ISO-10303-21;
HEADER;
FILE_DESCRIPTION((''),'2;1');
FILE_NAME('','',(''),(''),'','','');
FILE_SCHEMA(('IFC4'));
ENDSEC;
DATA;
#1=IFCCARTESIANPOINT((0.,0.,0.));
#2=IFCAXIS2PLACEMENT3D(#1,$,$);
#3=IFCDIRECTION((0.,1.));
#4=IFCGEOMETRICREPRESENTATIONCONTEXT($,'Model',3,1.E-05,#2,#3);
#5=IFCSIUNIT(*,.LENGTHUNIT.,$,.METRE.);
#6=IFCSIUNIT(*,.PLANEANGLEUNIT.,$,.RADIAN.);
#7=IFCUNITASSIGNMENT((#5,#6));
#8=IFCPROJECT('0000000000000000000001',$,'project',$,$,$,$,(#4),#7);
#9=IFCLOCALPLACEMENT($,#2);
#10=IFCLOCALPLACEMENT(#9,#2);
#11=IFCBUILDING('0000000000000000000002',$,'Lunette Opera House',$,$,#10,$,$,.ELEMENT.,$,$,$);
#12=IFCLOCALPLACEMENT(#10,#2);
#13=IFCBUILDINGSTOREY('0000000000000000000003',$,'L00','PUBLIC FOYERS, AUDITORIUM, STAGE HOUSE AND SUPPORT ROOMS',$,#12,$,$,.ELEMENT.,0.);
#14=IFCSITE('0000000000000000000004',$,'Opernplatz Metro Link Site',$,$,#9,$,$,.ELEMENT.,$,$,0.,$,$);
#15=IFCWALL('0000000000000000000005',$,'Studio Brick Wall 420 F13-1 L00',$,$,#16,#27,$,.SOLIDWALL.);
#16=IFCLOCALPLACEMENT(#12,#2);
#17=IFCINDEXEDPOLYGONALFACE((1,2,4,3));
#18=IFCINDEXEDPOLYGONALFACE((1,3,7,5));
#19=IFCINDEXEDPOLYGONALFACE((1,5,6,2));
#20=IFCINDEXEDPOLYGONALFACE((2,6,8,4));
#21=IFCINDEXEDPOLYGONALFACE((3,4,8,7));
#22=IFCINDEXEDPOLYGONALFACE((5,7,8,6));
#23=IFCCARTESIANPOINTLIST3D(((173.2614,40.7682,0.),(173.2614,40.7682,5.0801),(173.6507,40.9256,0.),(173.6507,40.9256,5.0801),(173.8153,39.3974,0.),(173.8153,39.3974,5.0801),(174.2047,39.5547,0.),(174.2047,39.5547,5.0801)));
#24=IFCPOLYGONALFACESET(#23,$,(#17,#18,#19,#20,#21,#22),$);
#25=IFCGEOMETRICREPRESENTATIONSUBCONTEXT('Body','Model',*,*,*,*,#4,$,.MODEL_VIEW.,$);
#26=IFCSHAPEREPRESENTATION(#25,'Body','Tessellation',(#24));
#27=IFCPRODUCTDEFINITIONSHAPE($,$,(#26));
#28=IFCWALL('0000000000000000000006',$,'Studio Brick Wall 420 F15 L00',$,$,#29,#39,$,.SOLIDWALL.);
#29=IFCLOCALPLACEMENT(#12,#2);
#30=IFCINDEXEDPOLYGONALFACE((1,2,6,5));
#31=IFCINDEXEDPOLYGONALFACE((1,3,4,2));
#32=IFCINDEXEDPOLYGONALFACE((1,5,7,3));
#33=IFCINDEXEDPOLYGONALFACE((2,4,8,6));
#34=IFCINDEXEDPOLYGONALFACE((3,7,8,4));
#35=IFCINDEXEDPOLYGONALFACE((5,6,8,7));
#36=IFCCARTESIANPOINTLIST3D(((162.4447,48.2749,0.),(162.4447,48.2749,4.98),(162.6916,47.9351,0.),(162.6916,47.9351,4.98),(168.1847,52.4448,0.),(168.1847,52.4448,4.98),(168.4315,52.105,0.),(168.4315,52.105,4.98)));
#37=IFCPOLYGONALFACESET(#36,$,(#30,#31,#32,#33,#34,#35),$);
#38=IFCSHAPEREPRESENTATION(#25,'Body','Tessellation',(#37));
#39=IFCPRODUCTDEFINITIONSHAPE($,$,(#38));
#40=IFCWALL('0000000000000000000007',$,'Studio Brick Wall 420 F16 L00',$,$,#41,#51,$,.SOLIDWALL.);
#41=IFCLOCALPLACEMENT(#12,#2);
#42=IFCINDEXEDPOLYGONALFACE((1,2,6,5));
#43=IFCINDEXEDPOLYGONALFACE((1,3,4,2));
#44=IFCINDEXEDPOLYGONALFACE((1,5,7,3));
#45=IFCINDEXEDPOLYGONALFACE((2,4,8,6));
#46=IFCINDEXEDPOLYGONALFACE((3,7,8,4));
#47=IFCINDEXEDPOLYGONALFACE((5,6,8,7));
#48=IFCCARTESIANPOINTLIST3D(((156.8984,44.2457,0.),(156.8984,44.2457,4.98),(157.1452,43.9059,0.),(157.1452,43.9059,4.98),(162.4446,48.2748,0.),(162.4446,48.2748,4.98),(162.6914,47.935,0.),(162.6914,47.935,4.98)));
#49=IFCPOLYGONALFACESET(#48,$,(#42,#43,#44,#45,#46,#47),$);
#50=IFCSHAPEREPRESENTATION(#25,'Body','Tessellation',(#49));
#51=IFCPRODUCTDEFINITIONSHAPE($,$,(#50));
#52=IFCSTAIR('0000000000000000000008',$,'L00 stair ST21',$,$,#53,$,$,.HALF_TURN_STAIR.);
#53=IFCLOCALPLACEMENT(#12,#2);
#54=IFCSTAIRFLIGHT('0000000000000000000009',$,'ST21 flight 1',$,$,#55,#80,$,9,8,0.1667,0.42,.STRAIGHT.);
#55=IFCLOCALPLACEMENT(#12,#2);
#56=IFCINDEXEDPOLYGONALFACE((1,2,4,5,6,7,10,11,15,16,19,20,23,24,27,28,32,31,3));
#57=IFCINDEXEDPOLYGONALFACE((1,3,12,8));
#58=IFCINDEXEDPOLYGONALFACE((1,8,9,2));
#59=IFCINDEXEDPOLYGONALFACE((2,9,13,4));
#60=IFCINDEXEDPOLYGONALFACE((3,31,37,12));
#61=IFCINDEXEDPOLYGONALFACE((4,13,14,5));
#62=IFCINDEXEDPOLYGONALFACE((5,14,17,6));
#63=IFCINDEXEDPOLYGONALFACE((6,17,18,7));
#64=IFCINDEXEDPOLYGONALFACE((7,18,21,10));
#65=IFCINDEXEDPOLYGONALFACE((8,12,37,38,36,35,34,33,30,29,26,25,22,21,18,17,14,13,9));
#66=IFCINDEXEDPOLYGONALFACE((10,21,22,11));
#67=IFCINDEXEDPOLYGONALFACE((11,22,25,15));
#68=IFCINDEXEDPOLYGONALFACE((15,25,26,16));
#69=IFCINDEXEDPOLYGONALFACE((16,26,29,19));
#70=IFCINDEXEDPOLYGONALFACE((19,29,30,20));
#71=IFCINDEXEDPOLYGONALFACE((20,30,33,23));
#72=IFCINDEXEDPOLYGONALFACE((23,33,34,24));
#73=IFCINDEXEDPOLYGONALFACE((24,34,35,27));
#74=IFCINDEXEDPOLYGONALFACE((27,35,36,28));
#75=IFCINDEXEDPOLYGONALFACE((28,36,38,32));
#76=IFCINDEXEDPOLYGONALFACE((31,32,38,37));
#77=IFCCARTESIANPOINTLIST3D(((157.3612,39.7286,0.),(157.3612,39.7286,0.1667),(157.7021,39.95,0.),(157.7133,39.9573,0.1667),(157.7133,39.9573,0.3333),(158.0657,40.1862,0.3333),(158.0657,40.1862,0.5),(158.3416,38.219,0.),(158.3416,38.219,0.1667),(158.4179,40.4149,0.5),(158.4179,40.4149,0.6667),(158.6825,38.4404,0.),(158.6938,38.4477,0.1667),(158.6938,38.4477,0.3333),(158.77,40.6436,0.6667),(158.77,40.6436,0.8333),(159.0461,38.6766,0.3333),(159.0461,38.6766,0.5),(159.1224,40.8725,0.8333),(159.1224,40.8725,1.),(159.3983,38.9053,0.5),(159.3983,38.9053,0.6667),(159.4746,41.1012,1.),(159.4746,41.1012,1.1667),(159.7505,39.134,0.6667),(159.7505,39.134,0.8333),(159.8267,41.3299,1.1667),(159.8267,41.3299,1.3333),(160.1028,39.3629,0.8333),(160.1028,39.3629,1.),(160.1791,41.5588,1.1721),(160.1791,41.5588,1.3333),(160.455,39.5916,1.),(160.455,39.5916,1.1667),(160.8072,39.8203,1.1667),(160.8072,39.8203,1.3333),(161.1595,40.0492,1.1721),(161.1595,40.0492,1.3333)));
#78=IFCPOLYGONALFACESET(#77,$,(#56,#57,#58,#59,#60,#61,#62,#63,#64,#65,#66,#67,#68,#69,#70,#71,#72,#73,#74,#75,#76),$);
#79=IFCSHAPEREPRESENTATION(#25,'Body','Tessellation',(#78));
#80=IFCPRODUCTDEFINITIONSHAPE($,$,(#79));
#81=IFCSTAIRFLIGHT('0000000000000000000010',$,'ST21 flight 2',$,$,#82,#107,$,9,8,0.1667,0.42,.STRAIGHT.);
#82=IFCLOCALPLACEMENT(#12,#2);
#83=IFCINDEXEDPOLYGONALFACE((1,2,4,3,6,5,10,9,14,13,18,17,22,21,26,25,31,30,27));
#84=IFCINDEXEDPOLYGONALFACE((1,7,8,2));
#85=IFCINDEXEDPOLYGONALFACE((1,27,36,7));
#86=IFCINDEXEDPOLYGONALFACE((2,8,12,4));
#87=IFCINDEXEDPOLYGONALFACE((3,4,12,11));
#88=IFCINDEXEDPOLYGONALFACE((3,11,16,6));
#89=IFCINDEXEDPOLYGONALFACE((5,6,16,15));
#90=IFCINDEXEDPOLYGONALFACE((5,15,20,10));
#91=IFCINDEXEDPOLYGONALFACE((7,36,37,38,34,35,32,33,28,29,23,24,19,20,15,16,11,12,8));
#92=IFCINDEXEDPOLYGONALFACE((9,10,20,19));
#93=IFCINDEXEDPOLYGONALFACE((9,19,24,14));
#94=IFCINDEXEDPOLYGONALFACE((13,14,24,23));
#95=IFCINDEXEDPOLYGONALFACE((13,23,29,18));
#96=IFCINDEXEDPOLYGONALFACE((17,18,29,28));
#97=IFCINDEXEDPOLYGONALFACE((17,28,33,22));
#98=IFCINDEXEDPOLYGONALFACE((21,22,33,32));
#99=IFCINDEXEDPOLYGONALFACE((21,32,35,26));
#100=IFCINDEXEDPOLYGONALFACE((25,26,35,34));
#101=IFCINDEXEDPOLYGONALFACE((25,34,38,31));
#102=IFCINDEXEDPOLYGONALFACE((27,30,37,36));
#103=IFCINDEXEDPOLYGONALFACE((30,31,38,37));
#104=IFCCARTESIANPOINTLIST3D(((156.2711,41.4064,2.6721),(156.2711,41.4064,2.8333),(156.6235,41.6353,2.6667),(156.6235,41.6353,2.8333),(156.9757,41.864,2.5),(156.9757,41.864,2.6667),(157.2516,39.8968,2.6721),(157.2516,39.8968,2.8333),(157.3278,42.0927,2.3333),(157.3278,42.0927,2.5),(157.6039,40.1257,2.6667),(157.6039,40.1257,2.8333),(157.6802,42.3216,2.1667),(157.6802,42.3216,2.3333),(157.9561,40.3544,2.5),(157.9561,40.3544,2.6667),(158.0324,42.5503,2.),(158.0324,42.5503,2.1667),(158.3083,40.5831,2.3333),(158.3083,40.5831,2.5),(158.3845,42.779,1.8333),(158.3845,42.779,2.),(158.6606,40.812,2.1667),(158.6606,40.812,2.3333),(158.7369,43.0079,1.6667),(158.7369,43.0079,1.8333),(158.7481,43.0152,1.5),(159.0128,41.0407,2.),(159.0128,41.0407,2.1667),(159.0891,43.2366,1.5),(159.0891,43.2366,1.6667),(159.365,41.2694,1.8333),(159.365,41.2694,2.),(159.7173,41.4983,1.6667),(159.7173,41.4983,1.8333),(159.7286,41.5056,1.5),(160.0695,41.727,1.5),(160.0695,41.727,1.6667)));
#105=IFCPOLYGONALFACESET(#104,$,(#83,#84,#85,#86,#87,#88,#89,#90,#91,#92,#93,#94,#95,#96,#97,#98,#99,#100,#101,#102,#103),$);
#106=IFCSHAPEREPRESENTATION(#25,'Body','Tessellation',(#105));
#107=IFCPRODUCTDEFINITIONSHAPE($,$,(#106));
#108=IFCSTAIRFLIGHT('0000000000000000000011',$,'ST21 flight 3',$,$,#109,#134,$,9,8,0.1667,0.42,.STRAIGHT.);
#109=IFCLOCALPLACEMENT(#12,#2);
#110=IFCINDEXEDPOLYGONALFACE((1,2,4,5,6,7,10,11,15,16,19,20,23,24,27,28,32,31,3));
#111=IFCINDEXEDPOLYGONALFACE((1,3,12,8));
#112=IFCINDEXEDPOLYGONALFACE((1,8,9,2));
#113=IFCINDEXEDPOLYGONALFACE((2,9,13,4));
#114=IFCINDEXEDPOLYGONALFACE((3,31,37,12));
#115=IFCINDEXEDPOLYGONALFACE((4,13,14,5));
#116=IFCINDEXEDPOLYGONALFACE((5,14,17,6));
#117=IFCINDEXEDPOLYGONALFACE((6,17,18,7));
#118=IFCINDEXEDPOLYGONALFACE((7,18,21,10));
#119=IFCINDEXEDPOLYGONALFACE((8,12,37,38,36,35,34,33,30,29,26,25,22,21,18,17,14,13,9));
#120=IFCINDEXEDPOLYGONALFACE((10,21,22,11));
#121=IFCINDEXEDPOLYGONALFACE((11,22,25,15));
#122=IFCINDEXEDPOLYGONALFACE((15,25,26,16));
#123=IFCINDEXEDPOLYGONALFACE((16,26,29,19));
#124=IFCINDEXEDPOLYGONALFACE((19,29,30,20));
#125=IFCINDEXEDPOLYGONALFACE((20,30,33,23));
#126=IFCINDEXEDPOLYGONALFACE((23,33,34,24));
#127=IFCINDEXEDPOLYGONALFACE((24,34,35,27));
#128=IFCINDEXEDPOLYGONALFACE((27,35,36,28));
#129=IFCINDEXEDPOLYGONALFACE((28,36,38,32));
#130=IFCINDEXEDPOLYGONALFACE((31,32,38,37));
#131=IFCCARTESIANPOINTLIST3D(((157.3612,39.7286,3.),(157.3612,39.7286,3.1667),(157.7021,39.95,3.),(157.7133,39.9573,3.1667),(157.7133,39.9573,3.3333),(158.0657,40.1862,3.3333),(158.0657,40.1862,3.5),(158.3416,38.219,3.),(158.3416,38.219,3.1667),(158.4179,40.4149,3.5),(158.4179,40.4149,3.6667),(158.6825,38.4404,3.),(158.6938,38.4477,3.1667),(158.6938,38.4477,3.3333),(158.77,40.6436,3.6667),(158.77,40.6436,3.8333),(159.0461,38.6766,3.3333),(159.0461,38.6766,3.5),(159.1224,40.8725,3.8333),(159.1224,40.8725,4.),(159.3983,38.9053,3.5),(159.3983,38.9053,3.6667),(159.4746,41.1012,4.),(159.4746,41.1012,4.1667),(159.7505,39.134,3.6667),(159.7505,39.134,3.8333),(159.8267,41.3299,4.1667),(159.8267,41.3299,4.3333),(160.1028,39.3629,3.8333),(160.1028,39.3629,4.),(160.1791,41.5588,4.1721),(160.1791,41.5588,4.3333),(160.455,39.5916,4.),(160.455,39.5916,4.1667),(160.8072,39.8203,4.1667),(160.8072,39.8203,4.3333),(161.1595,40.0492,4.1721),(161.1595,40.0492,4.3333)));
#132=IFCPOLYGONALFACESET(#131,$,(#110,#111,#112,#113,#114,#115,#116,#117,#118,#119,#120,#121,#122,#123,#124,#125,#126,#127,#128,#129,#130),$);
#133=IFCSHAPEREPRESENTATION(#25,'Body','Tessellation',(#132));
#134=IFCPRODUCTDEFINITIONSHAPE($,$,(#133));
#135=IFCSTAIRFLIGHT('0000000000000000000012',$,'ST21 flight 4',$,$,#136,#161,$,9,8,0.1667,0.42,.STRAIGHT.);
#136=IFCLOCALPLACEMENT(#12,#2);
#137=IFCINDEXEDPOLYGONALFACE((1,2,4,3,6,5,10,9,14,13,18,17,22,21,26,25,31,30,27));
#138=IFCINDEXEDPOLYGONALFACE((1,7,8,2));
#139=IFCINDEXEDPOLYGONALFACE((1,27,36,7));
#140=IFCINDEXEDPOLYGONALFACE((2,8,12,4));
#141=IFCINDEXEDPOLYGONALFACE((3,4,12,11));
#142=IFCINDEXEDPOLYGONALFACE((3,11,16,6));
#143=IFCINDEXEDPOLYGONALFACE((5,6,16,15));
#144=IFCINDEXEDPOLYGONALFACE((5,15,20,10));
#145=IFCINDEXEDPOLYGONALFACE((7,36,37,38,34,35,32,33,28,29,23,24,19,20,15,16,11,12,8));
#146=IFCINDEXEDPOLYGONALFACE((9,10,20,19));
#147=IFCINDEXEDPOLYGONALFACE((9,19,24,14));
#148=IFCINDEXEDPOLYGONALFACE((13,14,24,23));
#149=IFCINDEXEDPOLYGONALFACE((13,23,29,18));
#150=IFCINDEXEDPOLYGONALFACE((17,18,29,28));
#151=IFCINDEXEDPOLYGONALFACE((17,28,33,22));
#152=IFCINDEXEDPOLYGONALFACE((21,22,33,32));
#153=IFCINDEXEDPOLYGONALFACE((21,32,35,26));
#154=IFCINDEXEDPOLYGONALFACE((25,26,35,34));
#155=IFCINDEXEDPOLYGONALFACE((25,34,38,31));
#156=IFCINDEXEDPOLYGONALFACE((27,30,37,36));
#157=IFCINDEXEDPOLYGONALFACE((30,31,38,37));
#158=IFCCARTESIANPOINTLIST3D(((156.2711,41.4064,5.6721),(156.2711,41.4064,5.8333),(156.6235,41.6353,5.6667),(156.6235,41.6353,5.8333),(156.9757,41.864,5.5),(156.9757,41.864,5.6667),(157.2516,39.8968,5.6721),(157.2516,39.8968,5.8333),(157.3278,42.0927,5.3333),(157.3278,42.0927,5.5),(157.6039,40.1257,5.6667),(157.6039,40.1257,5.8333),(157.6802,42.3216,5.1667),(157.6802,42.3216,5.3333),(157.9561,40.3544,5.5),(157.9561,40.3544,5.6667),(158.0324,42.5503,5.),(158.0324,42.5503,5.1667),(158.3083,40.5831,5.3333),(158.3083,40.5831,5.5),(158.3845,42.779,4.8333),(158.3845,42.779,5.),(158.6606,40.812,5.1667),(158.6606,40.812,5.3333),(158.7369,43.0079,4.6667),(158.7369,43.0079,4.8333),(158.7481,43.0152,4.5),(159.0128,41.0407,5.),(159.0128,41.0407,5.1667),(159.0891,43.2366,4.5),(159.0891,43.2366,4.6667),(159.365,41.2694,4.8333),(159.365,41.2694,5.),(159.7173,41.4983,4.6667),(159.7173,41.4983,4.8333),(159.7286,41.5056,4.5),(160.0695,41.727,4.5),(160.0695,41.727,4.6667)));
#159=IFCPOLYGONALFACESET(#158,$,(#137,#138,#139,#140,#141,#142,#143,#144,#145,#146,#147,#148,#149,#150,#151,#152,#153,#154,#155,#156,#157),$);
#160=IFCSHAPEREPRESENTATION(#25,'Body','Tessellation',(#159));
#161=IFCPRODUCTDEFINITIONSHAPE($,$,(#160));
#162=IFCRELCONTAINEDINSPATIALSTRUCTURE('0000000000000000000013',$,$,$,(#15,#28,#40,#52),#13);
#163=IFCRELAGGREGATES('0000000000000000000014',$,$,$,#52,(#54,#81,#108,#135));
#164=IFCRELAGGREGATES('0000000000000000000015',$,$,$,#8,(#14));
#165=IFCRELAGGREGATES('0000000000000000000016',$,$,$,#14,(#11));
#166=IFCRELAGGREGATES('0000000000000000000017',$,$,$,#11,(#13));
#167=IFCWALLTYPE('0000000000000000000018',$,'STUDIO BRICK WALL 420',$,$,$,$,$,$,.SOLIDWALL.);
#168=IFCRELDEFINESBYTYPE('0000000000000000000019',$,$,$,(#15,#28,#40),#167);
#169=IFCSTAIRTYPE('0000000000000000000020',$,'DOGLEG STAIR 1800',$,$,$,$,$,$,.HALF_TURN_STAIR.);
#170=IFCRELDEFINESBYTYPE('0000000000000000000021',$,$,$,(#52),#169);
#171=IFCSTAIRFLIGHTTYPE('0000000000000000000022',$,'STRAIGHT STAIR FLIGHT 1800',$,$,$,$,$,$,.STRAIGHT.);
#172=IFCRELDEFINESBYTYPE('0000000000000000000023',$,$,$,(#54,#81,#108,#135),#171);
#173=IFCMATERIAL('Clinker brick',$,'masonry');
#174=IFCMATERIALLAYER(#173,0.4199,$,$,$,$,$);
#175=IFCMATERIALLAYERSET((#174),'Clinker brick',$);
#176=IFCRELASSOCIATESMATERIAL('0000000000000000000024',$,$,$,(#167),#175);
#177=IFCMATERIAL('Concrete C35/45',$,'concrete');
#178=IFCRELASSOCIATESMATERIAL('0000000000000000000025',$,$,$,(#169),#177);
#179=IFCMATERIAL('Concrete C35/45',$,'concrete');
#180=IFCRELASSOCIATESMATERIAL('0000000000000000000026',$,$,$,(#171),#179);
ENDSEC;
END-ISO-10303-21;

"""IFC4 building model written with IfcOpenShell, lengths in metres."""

from ifc_helpers import new_model, si_unit, direction, frame, frame_2d, origin, place, context, subcontext, project, spatial, polyline, rectangle, outline, extrude, material, layer, layer_set, type_object, element, aggregate, save


model = new_model("IFC4")

# Units and contexts
model_context = context("Model", 3, precision=1e-05, world=origin(), true_north=direction((0.0, 1.0)))
body_context = subcontext(model_context, "Body", "Model", "MODEL_VIEW")
ifc_project = project(units=[si_unit("LENGTHUNIT", "METRE"), si_unit("PLANEANGLEUNIT", "RADIAN")], contexts=[model_context])

# Site, building, storey
site_placement = place(None, origin())
site = spatial("IfcSite", under=ifc_project, at=site_placement, Name="Opernplatz Metro Link Site", CompositionType="ELEMENT", RefElevation=0.0)
building_placement = place(site_placement, origin())
building = spatial("IfcBuilding", under=site, at=building_placement, Name="Lunette Opera House", CompositionType="ELEMENT")
storey_placement = place(building_placement, origin())
storey = spatial("IfcBuildingStorey", under=building, at=storey_placement, Name="L00", Description="PUBLIC FOYERS, AUDITORIUM, STAGE HOUSE AND SUPPORT ROOMS", CompositionType="ELEMENT", Elevation=0.0)

# Wall
ifc_material_1 = material(Name="Clinker brick", Category="masonry")
ifc_layer_1 = layer(ifc_material_1, 0.4199)
ifc_layer_set_1 = layer_set([ifc_layer_1], Name="Clinker brick")
wall_type_1 = type_object("IfcWallType", Name="STUDIO BRICK WALL 420", PredefinedType="SOLIDWALL", material=ifc_layer_set_1)
wall_1_placement = place(storey_placement, frame((174.01, 39.4761, 0.0), z_axis=(0.0, 0.0, 1.0), x_axis=(-0.374662, 0.927161, 0.0)))
element("IfcWall", 1, at=wall_1_placement, inside=storey, type_object=wall_type_1, Name="Studio Brick Wall 420 F13-1 L00", PredefinedType="SOLIDWALL", context=body_context, shape_type="SweptSolid", body=[
    extrude(rectangle(XDim=1.4785, YDim=0.4199, at=frame_2d((0.7393, 0.0))), origin(), (0.0, 0.0, 1.0), 5.0801),
])

# Walls
wall_2_placement = place(storey_placement, frame((168.3081, 52.2749, 0.0), z_axis=(0.0, 0.0, 1.0), x_axis=(-0.809045, -0.587746, 0.0)))
element("IfcWall", 2, at=wall_2_placement, inside=storey, type_object=wall_type_1, Name="Studio Brick Wall 420 F15 L00", PredefinedType="SOLIDWALL", context=body_context, shape_type="SweptSolid", body=[
    extrude(rectangle(XDim=7.0947, YDim=0.4199, at=frame_2d((3.5474, 0.0))), origin(), (0.0, 0.0, 1.0), 4.98),
])
wall_3_placement = place(storey_placement, frame((162.5681, 48.105, 0.0), z_axis=(0.0, 0.0, 1.0), x_axis=(-0.809049, -0.587742, 0.0)))
element("IfcWall", 3, at=wall_3_placement, inside=storey, type_object=wall_type_1, Name="Studio Brick Wall 420 F16 L00", PredefinedType="SOLIDWALL", context=body_context, shape_type="SweptSolid", body=[
    extrude(rectangle(XDim=6.8552, YDim=0.4199, at=frame_2d((3.4277, 0.0))), origin(), (0.0, 0.0, 1.0), 4.98),
])

# Stair, stair flights
ifc_material_2 = material(Name="Concrete C35/45", Category="concrete")
stair_type = type_object("IfcStairType", Name="DOGLEG STAIR 1800", PredefinedType="HALF_TURN_STAIR", material=ifc_material_2)
stair_placement = place(storey_placement, origin())
stair = element("IfcStair", 4, at=stair_placement, inside=storey, type_object=stair_type, Name="L00 stair ST21", PredefinedType="HALF_TURN_STAIR")
ifc_material_3 = material(Name="Concrete C35/45", Category="concrete")
stair_flight_type = type_object("IfcStairFlightType", Name="STRAIGHT STAIR FLIGHT 1800", PredefinedType="STRAIGHT", material=ifc_material_3)
stair_flight_1_placement = place(storey_placement, frame((157.8513, 38.9739, 0.0), z_axis=(0.0, 0.0, 1.0), x_axis=(0.838643, 0.544681, 0.0)))
stair_flight_1 = element("IfcStairFlight", 5, at=stair_flight_1_placement, type_object=stair_flight_type, Name="ST21 flight 1", NumberOfRisers=9, NumberOfTreads=8, PredefinedType="STRAIGHT", RiserHeight=0.1667, TreadLength=0.42, context=body_context, shape_type="SweptSolid", body=[
    extrude(outline(polyline([(0.0, 0.0), (0.0, 0.1667), (0.4199, 0.1667), (0.4199, 0.3333), (0.8401, 0.3333), (0.8401, 0.5), (1.26, 0.5), (1.26, 0.6667), (1.6799, 0.6667), (1.6799, 0.8333), (2.1001, 0.8333), (2.1001, 1.0), (2.52, 1.0), (2.52, 1.1667), (2.9399, 1.1667), (2.9399, 1.3333), (3.3601, 1.3333), (3.3601, 1.5), (3.3601, 1.1721), (0.4065, 0.0), (0.0, 0.0)])), frame((0.0, 0.8999, 0.0), z_axis=(0.0, -1.0, 0.0), x_axis=(1.0, 0.0, 0.0)), (0.0, 0.0, 1.0), 1.8),
])
stair_flight_2_placement = place(storey_placement, frame((159.5793, 42.4817, 1.5), z_axis=(0.0, 0.0, 1.0), x_axis=(-0.838643, -0.544681, 0.0)))
stair_flight_2 = element("IfcStairFlight", 6, at=stair_flight_2_placement, type_object=stair_flight_type, Name="ST21 flight 2", NumberOfRisers=9, NumberOfTreads=8, PredefinedType="STRAIGHT", RiserHeight=0.1667, TreadLength=0.42, context=body_context, shape_type="SweptSolid", body=[
    extrude(outline(polyline([(0.0, 0.0), (0.0, 0.1667), (0.4199, 0.1667), (0.4199, 0.3333), (0.8401, 0.3333), (0.8401, 0.5), (1.26, 0.5), (1.26, 0.6667), (1.6799, 0.6667), (1.6799, 0.8333), (2.1001, 0.8333), (2.1001, 1.0), (2.52, 1.0), (2.52, 1.1667), (2.9399, 1.1667), (2.9399, 1.3333), (3.3601, 1.3333), (3.3601, 1.5), (3.3601, 1.1721), (0.4065, 0.0), (0.0, 0.0)])), frame((0.0, 0.8999, 0.0), z_axis=(0.0, -1.0, 0.0), x_axis=(1.0, 0.0, 0.0)), (0.0, 0.0, 1.0), 1.8),
])
stair_flight_3_placement = place(storey_placement, frame((157.8513, 38.9739, 3.0), z_axis=(0.0, 0.0, 1.0), x_axis=(0.838643, 0.544681, 0.0)))
stair_flight_3 = element("IfcStairFlight", 7, at=stair_flight_3_placement, type_object=stair_flight_type, Name="ST21 flight 3", NumberOfRisers=9, NumberOfTreads=8, PredefinedType="STRAIGHT", RiserHeight=0.1667, TreadLength=0.42, context=body_context, shape_type="SweptSolid", body=[
    extrude(outline(polyline([(0.0, 0.0), (0.0, 0.1667), (0.4199, 0.1667), (0.4199, 0.3333), (0.8401, 0.3333), (0.8401, 0.5), (1.26, 0.5), (1.26, 0.6667), (1.6799, 0.6667), (1.6799, 0.8333), (2.1001, 0.8333), (2.1001, 1.0), (2.52, 1.0), (2.52, 1.1667), (2.9399, 1.1667), (2.9399, 1.3333), (3.3601, 1.3333), (3.3601, 1.5), (3.3601, 1.1721), (0.4065, 0.0), (0.0, 0.0)])), frame((0.0, 0.8999, 0.0), z_axis=(0.0, -1.0, 0.0), x_axis=(1.0, 0.0, 0.0)), (0.0, 0.0, 1.0), 1.8),
])
stair_flight_4_placement = place(storey_placement, frame((159.5793, 42.4817, 4.5), z_axis=(0.0, 0.0, 1.0), x_axis=(-0.838643, -0.544681, 0.0)))
stair_flight_4 = element("IfcStairFlight", 8, at=stair_flight_4_placement, type_object=stair_flight_type, Name="ST21 flight 4", NumberOfRisers=9, NumberOfTreads=8, PredefinedType="STRAIGHT", RiserHeight=0.1667, TreadLength=0.42, context=body_context, shape_type="SweptSolid", body=[
    extrude(outline(polyline([(0.0, 0.0), (0.0, 0.1667), (0.4199, 0.1667), (0.4199, 0.3333), (0.8401, 0.3333), (0.8401, 0.5), (1.26, 0.5), (1.26, 0.6667), (1.6799, 0.6667), (1.6799, 0.8333), (2.1001, 0.8333), (2.1001, 1.0), (2.52, 1.0), (2.52, 1.1667), (2.9399, 1.1667), (2.9399, 1.3333), (3.3601, 1.3333), (3.3601, 1.5), (3.3601, 1.1721), (0.4065, 0.0), (0.0, 0.0)])), frame((0.0, 0.8999, 0.0), z_axis=(0.0, -1.0, 0.0), x_axis=(1.0, 0.0, 0.0)), (0.0, 0.0, 1.0), 1.8),
])
aggregate(stair, [stair_flight_1, stair_flight_2, stair_flight_3, stair_flight_4])

save(model, "model.ifc")
